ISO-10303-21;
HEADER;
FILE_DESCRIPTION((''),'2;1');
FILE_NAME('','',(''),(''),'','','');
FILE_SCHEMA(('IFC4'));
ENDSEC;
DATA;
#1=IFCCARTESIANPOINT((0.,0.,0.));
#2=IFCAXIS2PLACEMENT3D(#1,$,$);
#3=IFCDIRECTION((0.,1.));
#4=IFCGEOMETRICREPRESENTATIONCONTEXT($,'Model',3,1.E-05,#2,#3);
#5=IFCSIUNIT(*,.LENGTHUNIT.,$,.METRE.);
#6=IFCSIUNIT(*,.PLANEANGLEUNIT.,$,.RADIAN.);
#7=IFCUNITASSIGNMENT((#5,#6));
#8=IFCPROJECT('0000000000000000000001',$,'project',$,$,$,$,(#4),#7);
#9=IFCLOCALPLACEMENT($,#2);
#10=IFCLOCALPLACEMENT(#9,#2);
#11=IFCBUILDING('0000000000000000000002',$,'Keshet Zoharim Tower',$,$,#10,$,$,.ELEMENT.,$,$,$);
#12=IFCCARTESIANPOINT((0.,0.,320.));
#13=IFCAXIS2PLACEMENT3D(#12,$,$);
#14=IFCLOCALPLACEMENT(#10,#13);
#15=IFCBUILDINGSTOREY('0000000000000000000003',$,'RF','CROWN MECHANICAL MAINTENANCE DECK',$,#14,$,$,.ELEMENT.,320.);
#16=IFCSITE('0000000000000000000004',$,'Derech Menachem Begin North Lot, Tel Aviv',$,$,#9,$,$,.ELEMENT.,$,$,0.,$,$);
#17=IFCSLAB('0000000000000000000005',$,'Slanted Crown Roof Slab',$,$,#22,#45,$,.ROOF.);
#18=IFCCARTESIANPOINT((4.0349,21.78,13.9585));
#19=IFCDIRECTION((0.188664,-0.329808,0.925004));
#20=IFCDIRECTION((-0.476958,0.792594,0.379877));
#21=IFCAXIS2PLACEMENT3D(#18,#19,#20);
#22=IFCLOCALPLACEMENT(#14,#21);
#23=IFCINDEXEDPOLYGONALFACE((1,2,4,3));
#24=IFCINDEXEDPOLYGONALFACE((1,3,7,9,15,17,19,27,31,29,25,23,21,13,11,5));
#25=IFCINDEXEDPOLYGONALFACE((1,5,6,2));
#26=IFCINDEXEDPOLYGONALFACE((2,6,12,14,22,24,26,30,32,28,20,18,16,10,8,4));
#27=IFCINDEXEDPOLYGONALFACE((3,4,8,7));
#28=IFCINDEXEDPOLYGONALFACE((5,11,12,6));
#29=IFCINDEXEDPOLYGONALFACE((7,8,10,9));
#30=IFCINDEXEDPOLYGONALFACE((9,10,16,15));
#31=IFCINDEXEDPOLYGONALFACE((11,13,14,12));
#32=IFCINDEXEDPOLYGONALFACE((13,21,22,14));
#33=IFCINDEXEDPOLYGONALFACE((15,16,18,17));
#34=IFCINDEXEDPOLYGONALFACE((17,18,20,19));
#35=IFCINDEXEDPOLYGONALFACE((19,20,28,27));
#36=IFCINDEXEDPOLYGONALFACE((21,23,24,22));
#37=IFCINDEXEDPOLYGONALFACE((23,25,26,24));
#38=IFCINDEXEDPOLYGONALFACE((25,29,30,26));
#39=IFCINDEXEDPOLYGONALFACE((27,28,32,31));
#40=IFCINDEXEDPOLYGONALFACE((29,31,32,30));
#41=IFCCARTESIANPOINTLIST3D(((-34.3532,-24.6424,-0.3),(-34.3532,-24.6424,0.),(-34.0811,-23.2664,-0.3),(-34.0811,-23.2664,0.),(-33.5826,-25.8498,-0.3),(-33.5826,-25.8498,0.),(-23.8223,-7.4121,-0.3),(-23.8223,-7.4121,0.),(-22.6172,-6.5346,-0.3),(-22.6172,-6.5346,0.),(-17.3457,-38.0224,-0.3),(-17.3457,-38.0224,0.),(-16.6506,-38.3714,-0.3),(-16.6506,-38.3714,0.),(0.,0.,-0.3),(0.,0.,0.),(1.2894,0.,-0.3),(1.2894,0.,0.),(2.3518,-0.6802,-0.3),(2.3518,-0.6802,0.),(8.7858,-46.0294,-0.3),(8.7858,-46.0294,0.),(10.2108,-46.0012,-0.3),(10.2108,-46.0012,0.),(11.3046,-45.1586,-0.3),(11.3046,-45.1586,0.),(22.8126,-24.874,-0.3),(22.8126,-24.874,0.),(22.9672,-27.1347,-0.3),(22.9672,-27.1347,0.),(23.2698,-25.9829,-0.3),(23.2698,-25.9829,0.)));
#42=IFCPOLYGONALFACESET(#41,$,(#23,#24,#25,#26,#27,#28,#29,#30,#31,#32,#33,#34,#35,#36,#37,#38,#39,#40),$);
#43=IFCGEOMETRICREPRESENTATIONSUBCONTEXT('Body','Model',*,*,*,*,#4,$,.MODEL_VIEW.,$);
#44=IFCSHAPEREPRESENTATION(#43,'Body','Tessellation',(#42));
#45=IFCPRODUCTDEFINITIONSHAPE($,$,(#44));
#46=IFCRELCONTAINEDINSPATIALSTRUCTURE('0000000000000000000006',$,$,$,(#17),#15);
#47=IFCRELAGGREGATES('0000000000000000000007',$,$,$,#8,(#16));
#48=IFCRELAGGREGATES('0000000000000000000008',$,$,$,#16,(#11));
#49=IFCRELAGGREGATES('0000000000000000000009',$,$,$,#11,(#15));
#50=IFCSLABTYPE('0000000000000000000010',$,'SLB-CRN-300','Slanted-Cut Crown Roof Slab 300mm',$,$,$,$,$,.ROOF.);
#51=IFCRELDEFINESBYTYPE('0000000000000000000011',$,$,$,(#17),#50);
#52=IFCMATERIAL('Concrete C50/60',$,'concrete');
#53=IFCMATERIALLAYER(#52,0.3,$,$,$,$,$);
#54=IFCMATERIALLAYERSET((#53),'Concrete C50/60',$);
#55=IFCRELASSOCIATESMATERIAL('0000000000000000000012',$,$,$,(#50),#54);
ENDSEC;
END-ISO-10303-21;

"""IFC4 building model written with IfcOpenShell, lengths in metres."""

from ifc_helpers import new_model, si_unit, direction, frame, origin, place, context, subcontext, project, spatial, polyline, outline, extrude, material, layer, layer_set, type_object, element, save


model = new_model("IFC4")

# Units and contexts
model_context = context("Model", 3, precision=1e-05, world=origin(), true_north=direction((0.0, 1.0)))
body_context = subcontext(model_context, "Body", "Model", "MODEL_VIEW")
ifc_project = project(units=[si_unit("LENGTHUNIT", "METRE"), si_unit("PLANEANGLEUNIT", "RADIAN")], contexts=[model_context])

# Site, building, storey
site_placement = place(None, origin())
site = spatial("IfcSite", under=ifc_project, at=site_placement, Name="Derech Menachem Begin North Lot, Tel Aviv", CompositionType="ELEMENT", RefElevation=0.0)
building_placement = place(site_placement, origin())
building = spatial("IfcBuilding", under=site, at=building_placement, Name="Keshet Zoharim Tower", CompositionType="ELEMENT")
storey_placement = place(building_placement, frame((0.0, 0.0, 320.0)))
storey = spatial("IfcBuildingStorey", under=building, at=storey_placement, Name="RF", Description="CROWN MECHANICAL MAINTENANCE DECK", CompositionType="ELEMENT", Elevation=320.0)

# Slab
ifc_material_1 = material(Name="Concrete C50/60", Category="concrete")
ifc_layer_1 = layer(ifc_material_1, 0.3)
ifc_layer_set_1 = layer_set([ifc_layer_1], Name="Concrete C50/60")
slab_type = type_object("IfcSlabType", Name="SLB-CRN-300", Description="Slanted-Cut Crown Roof Slab 300mm", PredefinedType="ROOF", material=ifc_layer_set_1)
slab_placement = place(storey_placement, frame((4.0349, 21.78, 13.9585), z_axis=(0.188664, -0.329808, 0.925004), x_axis=(-0.476958, 0.792594, 0.379877)))
element("IfcSlab", 1, at=slab_placement, inside=storey, type_object=slab_type, Name="Slanted Crown Roof Slab", PredefinedType="ROOF", context=body_context, shape_type="SweptSolid", body=[
    extrude(outline(polyline([(0.0, 0.0), (1.2894, 0.0), (2.3518, -0.6802), (22.8126, -24.874), (23.2698, -25.9829), (22.9672, -27.1347), (11.3046, -45.1586), (10.2108, -46.0012), (8.7858, -46.0294), (-16.6506, -38.3714), (-17.3457, -38.0224), (-33.5826, -25.8498), (-34.3532, -24.6424), (-34.0811, -23.2664), (-23.8223, -7.4121), (-22.6172, -6.5346), (0.0, 0.0)])), origin(), (0.0, 0.0, -1.0), 0.3),
])

save(model, "model.ifc")
